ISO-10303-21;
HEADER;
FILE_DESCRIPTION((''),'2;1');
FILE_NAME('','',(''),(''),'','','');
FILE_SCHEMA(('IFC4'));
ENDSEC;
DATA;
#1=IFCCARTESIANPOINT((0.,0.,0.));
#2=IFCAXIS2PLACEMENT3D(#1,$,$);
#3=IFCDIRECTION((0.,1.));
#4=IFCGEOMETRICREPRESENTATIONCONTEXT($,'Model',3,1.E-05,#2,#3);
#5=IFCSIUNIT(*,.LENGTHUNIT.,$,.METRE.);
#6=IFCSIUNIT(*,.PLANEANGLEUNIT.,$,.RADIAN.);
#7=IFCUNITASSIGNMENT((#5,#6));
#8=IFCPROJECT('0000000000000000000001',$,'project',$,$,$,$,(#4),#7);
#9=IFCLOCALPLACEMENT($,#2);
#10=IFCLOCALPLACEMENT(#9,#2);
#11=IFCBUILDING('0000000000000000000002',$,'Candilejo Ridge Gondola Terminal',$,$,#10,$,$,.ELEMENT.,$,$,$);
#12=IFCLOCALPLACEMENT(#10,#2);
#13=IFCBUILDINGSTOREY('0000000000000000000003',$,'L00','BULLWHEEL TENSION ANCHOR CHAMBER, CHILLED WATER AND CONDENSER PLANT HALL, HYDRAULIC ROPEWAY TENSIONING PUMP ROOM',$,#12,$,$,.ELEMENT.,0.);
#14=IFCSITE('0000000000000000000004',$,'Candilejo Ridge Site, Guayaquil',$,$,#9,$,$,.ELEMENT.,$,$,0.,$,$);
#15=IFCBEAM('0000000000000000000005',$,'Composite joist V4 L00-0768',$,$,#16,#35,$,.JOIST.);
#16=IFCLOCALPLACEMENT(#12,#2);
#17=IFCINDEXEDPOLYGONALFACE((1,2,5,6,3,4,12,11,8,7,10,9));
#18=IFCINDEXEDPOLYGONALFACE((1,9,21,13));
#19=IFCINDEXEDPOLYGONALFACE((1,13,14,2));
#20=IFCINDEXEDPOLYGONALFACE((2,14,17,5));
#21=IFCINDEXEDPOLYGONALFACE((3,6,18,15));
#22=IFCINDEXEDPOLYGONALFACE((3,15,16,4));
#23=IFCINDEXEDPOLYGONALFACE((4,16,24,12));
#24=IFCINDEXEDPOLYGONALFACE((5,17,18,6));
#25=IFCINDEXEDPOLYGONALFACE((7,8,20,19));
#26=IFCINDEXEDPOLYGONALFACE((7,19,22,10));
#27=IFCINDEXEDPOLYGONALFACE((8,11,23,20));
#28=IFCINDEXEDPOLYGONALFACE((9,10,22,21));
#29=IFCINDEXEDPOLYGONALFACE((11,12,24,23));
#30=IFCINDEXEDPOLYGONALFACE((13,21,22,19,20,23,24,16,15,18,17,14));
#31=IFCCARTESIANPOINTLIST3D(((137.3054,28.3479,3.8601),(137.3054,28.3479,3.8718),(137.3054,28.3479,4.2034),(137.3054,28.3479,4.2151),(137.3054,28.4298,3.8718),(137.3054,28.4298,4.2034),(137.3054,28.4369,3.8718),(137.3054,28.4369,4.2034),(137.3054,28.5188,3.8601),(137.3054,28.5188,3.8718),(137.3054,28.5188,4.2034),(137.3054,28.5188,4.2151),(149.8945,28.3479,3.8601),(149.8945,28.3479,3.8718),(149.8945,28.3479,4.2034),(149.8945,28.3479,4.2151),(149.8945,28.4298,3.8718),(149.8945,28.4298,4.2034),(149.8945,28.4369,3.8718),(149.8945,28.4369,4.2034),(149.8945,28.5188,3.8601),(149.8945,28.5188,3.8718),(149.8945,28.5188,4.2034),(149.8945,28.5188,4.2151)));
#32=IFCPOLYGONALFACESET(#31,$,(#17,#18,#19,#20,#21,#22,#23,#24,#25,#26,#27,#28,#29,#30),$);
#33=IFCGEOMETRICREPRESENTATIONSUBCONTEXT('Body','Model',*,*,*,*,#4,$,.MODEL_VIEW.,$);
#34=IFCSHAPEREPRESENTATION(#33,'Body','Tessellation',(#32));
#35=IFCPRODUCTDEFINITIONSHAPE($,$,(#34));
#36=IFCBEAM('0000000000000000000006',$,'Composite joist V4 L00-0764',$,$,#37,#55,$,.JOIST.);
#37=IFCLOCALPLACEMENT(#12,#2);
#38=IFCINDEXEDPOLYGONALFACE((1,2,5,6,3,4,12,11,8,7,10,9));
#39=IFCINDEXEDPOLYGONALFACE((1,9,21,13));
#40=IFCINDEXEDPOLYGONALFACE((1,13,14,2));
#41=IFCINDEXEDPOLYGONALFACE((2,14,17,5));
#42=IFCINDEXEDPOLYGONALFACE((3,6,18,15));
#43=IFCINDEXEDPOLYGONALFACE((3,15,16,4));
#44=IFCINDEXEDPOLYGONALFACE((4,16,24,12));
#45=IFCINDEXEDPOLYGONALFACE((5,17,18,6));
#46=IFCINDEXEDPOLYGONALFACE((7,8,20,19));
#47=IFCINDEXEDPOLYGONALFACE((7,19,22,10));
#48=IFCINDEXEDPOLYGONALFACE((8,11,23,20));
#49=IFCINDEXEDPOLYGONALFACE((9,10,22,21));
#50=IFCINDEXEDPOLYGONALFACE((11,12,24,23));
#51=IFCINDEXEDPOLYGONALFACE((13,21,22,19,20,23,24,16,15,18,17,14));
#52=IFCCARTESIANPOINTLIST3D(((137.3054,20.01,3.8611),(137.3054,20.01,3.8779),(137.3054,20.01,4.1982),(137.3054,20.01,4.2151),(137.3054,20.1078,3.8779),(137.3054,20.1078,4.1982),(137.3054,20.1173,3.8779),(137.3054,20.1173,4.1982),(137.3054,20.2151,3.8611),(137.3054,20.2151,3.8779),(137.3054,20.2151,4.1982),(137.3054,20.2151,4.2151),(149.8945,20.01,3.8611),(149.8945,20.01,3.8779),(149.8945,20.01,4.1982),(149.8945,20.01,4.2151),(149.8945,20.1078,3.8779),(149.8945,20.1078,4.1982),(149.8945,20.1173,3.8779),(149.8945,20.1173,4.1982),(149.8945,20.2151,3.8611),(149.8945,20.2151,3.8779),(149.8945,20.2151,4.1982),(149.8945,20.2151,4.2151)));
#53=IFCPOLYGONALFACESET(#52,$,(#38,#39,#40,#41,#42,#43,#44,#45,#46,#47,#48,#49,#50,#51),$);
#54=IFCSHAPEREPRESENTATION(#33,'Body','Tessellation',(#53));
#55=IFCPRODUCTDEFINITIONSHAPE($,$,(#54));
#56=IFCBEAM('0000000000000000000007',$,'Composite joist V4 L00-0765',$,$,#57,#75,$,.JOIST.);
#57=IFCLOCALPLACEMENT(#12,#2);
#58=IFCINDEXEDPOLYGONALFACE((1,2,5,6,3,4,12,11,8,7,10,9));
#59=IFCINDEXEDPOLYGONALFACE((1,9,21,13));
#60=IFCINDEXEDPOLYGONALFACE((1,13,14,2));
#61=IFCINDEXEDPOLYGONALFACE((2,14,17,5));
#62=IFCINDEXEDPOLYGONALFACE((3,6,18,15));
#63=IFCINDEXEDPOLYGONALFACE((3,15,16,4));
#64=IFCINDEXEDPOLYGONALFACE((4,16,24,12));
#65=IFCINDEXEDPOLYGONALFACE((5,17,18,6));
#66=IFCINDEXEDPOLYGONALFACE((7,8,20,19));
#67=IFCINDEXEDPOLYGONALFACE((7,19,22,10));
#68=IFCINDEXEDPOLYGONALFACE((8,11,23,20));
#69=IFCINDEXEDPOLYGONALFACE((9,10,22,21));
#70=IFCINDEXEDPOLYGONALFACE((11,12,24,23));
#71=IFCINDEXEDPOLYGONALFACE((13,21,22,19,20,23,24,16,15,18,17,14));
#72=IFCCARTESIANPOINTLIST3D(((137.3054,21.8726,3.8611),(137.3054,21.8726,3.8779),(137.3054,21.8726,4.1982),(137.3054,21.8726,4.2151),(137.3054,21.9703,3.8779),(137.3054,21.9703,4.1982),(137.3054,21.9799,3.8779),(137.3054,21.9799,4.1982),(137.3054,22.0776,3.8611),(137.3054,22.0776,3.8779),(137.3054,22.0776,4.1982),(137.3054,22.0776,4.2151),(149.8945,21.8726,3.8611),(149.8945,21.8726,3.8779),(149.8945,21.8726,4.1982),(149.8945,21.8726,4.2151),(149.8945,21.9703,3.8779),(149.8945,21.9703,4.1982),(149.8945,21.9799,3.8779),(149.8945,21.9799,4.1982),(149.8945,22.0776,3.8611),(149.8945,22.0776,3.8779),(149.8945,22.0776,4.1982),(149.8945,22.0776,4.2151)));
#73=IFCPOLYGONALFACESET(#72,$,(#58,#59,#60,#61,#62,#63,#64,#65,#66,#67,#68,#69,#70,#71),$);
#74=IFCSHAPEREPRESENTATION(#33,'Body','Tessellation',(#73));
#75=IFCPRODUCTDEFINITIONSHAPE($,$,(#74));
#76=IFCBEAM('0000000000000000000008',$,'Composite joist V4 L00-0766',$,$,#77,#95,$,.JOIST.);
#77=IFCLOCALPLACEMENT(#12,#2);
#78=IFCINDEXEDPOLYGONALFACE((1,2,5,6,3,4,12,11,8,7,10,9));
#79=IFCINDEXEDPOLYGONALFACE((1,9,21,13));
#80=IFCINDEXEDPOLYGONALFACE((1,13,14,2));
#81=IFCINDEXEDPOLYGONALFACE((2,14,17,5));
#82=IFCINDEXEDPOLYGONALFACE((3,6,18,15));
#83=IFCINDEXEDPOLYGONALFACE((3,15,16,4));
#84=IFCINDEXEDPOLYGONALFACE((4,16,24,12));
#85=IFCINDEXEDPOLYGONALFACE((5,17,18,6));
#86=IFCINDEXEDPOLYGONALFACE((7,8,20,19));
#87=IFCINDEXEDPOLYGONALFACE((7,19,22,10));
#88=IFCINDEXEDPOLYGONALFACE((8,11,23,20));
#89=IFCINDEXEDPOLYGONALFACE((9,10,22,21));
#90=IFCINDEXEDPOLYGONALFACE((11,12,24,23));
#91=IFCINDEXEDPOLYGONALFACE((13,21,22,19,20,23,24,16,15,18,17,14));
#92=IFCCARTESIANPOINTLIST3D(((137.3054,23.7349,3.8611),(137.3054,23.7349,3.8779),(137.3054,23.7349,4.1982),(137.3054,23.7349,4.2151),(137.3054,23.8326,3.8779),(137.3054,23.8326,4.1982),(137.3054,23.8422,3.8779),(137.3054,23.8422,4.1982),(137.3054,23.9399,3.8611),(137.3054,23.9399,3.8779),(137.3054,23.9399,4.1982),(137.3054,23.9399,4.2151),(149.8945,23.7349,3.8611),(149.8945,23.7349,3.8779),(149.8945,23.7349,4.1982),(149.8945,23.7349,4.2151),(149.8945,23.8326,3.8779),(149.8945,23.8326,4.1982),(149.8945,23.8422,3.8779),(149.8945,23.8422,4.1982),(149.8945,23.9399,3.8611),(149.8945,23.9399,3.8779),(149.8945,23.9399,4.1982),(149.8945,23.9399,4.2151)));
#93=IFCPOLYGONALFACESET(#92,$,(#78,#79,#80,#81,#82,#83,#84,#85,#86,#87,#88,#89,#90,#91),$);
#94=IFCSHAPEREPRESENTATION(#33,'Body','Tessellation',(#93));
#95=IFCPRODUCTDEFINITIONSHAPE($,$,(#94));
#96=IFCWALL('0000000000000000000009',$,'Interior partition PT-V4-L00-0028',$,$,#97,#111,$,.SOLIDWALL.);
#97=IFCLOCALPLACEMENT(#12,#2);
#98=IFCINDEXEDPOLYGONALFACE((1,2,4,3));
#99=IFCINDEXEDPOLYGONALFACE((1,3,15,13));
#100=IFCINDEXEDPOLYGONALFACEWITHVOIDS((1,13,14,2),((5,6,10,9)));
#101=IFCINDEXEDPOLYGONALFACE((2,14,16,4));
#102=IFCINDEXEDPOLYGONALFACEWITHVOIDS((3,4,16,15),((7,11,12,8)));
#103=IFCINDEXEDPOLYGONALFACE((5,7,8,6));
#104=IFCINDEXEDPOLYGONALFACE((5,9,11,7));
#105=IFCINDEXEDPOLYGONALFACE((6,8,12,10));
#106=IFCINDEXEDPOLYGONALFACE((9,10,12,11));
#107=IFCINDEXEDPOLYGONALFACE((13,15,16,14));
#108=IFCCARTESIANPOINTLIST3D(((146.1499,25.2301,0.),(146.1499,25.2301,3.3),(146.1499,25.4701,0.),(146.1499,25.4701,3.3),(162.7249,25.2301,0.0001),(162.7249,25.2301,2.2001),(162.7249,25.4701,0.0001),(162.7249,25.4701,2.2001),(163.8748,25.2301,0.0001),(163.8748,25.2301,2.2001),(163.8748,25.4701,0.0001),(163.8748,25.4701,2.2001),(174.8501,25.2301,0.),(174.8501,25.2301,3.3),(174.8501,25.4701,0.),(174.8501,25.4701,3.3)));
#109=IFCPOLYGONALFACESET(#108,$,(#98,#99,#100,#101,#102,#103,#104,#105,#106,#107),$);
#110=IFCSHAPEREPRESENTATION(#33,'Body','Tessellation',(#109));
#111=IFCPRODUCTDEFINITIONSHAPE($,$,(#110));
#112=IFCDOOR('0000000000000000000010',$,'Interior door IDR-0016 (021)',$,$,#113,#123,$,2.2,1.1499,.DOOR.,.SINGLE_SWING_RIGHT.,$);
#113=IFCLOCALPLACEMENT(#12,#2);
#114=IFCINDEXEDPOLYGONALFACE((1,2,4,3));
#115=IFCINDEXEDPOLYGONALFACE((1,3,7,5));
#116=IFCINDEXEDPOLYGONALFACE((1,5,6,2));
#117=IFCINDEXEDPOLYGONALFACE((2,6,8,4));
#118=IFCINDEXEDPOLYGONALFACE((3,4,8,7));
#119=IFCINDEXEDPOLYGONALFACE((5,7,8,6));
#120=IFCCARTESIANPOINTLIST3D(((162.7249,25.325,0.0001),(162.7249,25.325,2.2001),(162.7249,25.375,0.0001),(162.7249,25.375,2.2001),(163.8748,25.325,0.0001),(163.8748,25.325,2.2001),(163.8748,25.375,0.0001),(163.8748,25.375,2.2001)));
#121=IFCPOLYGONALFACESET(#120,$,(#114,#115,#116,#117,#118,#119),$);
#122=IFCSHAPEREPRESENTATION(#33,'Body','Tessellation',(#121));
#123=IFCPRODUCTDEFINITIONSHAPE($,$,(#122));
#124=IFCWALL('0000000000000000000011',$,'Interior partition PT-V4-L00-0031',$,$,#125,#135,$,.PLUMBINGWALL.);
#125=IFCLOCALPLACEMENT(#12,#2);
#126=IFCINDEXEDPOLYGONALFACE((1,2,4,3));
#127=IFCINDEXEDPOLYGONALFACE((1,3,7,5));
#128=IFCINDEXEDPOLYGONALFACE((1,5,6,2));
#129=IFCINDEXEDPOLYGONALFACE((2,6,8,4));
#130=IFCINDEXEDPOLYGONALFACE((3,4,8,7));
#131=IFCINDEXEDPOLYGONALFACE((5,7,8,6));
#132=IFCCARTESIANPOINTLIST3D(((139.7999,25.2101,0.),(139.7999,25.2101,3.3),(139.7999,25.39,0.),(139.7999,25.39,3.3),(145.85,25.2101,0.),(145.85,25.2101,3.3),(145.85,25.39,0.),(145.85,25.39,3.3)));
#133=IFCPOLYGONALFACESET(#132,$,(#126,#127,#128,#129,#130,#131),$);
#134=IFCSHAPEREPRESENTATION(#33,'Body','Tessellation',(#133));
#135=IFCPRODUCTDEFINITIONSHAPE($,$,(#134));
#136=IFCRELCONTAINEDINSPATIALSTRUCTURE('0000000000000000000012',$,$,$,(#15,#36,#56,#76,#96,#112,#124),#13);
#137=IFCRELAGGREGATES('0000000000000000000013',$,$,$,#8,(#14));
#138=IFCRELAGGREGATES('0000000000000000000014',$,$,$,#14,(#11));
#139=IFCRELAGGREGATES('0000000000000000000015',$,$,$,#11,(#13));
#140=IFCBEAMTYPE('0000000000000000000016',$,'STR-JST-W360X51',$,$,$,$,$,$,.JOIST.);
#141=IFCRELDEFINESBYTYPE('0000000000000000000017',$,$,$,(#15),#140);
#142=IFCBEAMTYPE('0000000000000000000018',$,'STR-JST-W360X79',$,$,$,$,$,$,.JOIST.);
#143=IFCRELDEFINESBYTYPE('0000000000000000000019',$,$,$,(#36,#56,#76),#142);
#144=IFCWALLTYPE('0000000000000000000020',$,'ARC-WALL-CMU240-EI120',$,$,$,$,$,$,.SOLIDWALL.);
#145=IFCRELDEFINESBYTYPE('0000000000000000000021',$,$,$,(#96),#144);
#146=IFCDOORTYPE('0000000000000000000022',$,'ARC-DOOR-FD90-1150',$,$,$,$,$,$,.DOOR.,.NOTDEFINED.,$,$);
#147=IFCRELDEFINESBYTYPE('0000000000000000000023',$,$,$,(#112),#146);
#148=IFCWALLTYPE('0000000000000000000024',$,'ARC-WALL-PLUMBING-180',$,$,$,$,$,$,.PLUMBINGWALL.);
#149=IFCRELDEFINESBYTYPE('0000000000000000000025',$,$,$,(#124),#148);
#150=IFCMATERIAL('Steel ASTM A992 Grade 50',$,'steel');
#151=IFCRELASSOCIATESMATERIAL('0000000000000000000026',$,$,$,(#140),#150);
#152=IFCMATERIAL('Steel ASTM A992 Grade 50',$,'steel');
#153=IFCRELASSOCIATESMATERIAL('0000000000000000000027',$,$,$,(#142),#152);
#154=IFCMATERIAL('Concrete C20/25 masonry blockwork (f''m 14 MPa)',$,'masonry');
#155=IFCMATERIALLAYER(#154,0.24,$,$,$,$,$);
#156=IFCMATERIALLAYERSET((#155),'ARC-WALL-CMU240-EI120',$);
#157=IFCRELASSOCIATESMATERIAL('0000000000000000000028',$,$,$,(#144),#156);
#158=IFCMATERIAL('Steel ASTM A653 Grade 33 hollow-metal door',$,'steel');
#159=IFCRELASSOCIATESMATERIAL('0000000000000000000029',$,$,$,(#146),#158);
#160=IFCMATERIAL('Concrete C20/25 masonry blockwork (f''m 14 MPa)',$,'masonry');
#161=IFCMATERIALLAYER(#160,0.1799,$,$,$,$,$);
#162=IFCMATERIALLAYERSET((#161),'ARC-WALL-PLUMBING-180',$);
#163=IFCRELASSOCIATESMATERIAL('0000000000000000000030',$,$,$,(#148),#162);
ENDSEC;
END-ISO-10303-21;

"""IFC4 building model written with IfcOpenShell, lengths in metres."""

from ifc_helpers import new_model, si_unit, direction, frame, frame_2d, origin, origin_2d, place, context, subcontext, project, spatial, rectangle, i_section, extrude, material, layer, layer_set, material_profile, profile_set, type_object, element, fill, save


model = new_model("IFC4")

# Units and contexts
model_context = context("Model", 3, precision=1e-05, world=origin(), true_north=direction((0.0, 1.0)))
body_context = subcontext(model_context, "Body", "Model", "MODEL_VIEW")
ifc_project = project(units=[si_unit("LENGTHUNIT", "METRE"), si_unit("PLANEANGLEUNIT", "RADIAN")], contexts=[model_context])

# Site, building, storey
site_placement = place(None, origin())
site = spatial("IfcSite", under=ifc_project, at=site_placement, Name="Candilejo Ridge Site, Guayaquil", CompositionType="ELEMENT", RefElevation=0.0)
building_placement = place(site_placement, origin())
building = spatial("IfcBuilding", under=site, at=building_placement, Name="Candilejo Ridge Gondola Terminal", CompositionType="ELEMENT")
storey_placement = place(building_placement, origin())
storey = spatial("IfcBuildingStorey", under=building, at=storey_placement, Name="L00", Description="BULLWHEEL TENSION ANCHOR CHAMBER, CHILLED WATER AND CONDENSER PLANT HALL, HYDRAULIC ROPEWAY TENSIONING PUMP ROOM", CompositionType="ELEMENT", Elevation=0.0)

# Beams
ifc_material_1 = material(Name="Steel ASTM A992 Grade 50", Category="steel")
ifc_material_profile_1 = material_profile(ifc_material_1, i_section(OverallWidth=0.1709, OverallDepth=0.355, WebThickness=0.0071, FlangeThickness=0.0117, at=origin_2d()))
ifc_profile_set_1 = profile_set([ifc_material_profile_1], Name="Steel ASTM A992 Grade 50")
beam_type_1 = type_object("IfcBeamType", Name="STR-JST-W360X51", PredefinedType="JOIST", material=ifc_profile_set_1)
for number, where, z_axis, x_axis, name in (
    (1, (137.3054, 28.4333, 4.0376), (1.0, 0.0, 0.0), (0.0, 1.0, 0.0), "Composite joist V4 L00-0768"),
):
    element("IfcBeam", number, at=place(storey_placement, frame(where, z_axis=z_axis, x_axis=x_axis)), inside=storey, type_object=beam_type_1, Name=name, PredefinedType="JOIST", context=body_context, shape_type="SweptSolid", body=[
        extrude(i_section(OverallWidth=0.1709, OverallDepth=0.355, WebThickness=0.0071, FlangeThickness=0.0117, at=origin_2d()), origin(), (0.0, 0.0, 1.0), 12.5891),
    ])
ifc_material_2 = material(Name="Steel ASTM A992 Grade 50", Category="steel")
ifc_material_profile_2 = material_profile(ifc_material_2, i_section(OverallWidth=0.2051, OverallDepth=0.354, WebThickness=0.0095, FlangeThickness=0.0168, at=origin_2d()))
ifc_profile_set_2 = profile_set([ifc_material_profile_2], Name="Steel ASTM A992 Grade 50")
beam_type_2 = type_object("IfcBeamType", Name="STR-JST-W360X79", PredefinedType="JOIST", material=ifc_profile_set_2)
for number, where, z_axis, x_axis, name in (
    (2, (137.3054, 20.1125, 4.0381), (1.0, 0.0, 0.0), (0.0, 1.0, 0.0), "Composite joist V4 L00-0764"),
    (3, (137.3054, 21.9751, 4.0381), (1.0, 0.0, 0.0), (0.0, 1.0, 0.0), "Composite joist V4 L00-0765"),
    (4, (137.3054, 23.8374, 4.0381), (1.0, 0.0, 0.0), (0.0, 1.0, 0.0), "Composite joist V4 L00-0766"),
):
    element("IfcBeam", number, at=place(storey_placement, frame(where, z_axis=z_axis, x_axis=x_axis)), inside=storey, type_object=beam_type_2, Name=name, PredefinedType="JOIST", context=body_context, shape_type="SweptSolid", body=[
        extrude(i_section(OverallWidth=0.2051, OverallDepth=0.354, WebThickness=0.0095, FlangeThickness=0.0168, at=origin_2d()), origin(), (0.0, 0.0, 1.0), 12.5891),
    ])

# Wall, opening, door
ifc_material_3 = material(Name="Concrete C20/25 masonry blockwork (f'm 14 MPa)", Category="masonry")
ifc_layer_1 = layer(ifc_material_3, 0.24)
ifc_layer_set_1 = layer_set([ifc_layer_1], Name="ARC-WALL-CMU240-EI120")
wall_type_1 = type_object("IfcWallType", Name="ARC-WALL-CMU240-EI120", PredefinedType="SOLIDWALL", material=ifc_layer_set_1)
wall_1_placement = place(storey_placement, frame((146.1499, 25.3501, 0.0), z_axis=(0.0, 0.0, 1.0), x_axis=(1.0, 0.0, 0.0)))
wall_1 = element("IfcWall", 5, at=wall_1_placement, inside=storey, type_object=wall_type_1, Name="Interior partition PT-V4-L00-0028", PredefinedType="SOLIDWALL", context=body_context, shape_type="SweptSolid", body=[
    extrude(rectangle(XDim=28.7002, YDim=0.24, at=frame_2d((14.3501, 0.0))), origin(), (0.0, 0.0, 1.0), 3.3),
])
opening_placement = place(wall_1_placement, frame((16.575, 0.0, 0.0)))
opening = element("IfcOpeningElement", 6, at=opening_placement, cuts=wall_1, PredefinedType="OPENING", context=body_context, shape_type="SweptSolid", body=[
    extrude(rectangle(XDim=1.1499, YDim=2.2, at=frame_2d((0.575, 1.1001))), frame((0.0, 0.1299, 0.0), z_axis=(0.0, -1.0, 0.0), x_axis=(1.0, 0.0, 0.0)), (0.0, 0.0, 1.0), 0.26),
])
ifc_material_4 = material(Name="Steel ASTM A653 Grade 33 hollow-metal door", Category="steel")
door_type = type_object("IfcDoorType", Name="ARC-DOOR-FD90-1150", OperationType="NOTDEFINED", PredefinedType="DOOR", material=ifc_material_4)
door_placement = place(opening_placement, origin())
door = element("IfcDoor", 7, at=door_placement, inside=storey, type_object=door_type, Name="Interior door IDR-0016 (021)", OperationType="SINGLE_SWING_RIGHT", OverallHeight=2.2, OverallWidth=1.1499, PredefinedType="DOOR", context=body_context, shape_type="SweptSolid", body=[
    extrude(rectangle(XDim=1.1499, YDim=2.2, at=frame_2d((0.575, 1.1001))), frame((0.0, 0.0249, 0.0), z_axis=(0.0, -1.0, 0.0), x_axis=(1.0, 0.0, 0.0)), (0.0, 0.0, 1.0), 0.05),
])
fill(opening, door)

# Wall
ifc_material_5 = material(Name="Concrete C20/25 masonry blockwork (f'm 14 MPa)", Category="masonry")
ifc_layer_2 = layer(ifc_material_5, 0.1799)
ifc_layer_set_2 = layer_set([ifc_layer_2], Name="ARC-WALL-PLUMBING-180")
wall_type_2 = type_object("IfcWallType", Name="ARC-WALL-PLUMBING-180", PredefinedType="PLUMBINGWALL", material=ifc_layer_set_2)
wall_2_placement = place(storey_placement, frame((139.8, 25.3, 0.0), z_axis=(0.0, 0.0, 1.0), x_axis=(1.0, 0.0, 0.0)))
element("IfcWall", 8, at=wall_2_placement, inside=storey, type_object=wall_type_2, Name="Interior partition PT-V4-L00-0031", PredefinedType="PLUMBINGWALL", context=body_context, shape_type="SweptSolid", body=[
    extrude(rectangle(XDim=6.05, YDim=0.1799, at=frame_2d((3.0249, 0.0))), origin(), (0.0, 0.0, 1.0), 3.3),
])

save(model, "model.ifc")
